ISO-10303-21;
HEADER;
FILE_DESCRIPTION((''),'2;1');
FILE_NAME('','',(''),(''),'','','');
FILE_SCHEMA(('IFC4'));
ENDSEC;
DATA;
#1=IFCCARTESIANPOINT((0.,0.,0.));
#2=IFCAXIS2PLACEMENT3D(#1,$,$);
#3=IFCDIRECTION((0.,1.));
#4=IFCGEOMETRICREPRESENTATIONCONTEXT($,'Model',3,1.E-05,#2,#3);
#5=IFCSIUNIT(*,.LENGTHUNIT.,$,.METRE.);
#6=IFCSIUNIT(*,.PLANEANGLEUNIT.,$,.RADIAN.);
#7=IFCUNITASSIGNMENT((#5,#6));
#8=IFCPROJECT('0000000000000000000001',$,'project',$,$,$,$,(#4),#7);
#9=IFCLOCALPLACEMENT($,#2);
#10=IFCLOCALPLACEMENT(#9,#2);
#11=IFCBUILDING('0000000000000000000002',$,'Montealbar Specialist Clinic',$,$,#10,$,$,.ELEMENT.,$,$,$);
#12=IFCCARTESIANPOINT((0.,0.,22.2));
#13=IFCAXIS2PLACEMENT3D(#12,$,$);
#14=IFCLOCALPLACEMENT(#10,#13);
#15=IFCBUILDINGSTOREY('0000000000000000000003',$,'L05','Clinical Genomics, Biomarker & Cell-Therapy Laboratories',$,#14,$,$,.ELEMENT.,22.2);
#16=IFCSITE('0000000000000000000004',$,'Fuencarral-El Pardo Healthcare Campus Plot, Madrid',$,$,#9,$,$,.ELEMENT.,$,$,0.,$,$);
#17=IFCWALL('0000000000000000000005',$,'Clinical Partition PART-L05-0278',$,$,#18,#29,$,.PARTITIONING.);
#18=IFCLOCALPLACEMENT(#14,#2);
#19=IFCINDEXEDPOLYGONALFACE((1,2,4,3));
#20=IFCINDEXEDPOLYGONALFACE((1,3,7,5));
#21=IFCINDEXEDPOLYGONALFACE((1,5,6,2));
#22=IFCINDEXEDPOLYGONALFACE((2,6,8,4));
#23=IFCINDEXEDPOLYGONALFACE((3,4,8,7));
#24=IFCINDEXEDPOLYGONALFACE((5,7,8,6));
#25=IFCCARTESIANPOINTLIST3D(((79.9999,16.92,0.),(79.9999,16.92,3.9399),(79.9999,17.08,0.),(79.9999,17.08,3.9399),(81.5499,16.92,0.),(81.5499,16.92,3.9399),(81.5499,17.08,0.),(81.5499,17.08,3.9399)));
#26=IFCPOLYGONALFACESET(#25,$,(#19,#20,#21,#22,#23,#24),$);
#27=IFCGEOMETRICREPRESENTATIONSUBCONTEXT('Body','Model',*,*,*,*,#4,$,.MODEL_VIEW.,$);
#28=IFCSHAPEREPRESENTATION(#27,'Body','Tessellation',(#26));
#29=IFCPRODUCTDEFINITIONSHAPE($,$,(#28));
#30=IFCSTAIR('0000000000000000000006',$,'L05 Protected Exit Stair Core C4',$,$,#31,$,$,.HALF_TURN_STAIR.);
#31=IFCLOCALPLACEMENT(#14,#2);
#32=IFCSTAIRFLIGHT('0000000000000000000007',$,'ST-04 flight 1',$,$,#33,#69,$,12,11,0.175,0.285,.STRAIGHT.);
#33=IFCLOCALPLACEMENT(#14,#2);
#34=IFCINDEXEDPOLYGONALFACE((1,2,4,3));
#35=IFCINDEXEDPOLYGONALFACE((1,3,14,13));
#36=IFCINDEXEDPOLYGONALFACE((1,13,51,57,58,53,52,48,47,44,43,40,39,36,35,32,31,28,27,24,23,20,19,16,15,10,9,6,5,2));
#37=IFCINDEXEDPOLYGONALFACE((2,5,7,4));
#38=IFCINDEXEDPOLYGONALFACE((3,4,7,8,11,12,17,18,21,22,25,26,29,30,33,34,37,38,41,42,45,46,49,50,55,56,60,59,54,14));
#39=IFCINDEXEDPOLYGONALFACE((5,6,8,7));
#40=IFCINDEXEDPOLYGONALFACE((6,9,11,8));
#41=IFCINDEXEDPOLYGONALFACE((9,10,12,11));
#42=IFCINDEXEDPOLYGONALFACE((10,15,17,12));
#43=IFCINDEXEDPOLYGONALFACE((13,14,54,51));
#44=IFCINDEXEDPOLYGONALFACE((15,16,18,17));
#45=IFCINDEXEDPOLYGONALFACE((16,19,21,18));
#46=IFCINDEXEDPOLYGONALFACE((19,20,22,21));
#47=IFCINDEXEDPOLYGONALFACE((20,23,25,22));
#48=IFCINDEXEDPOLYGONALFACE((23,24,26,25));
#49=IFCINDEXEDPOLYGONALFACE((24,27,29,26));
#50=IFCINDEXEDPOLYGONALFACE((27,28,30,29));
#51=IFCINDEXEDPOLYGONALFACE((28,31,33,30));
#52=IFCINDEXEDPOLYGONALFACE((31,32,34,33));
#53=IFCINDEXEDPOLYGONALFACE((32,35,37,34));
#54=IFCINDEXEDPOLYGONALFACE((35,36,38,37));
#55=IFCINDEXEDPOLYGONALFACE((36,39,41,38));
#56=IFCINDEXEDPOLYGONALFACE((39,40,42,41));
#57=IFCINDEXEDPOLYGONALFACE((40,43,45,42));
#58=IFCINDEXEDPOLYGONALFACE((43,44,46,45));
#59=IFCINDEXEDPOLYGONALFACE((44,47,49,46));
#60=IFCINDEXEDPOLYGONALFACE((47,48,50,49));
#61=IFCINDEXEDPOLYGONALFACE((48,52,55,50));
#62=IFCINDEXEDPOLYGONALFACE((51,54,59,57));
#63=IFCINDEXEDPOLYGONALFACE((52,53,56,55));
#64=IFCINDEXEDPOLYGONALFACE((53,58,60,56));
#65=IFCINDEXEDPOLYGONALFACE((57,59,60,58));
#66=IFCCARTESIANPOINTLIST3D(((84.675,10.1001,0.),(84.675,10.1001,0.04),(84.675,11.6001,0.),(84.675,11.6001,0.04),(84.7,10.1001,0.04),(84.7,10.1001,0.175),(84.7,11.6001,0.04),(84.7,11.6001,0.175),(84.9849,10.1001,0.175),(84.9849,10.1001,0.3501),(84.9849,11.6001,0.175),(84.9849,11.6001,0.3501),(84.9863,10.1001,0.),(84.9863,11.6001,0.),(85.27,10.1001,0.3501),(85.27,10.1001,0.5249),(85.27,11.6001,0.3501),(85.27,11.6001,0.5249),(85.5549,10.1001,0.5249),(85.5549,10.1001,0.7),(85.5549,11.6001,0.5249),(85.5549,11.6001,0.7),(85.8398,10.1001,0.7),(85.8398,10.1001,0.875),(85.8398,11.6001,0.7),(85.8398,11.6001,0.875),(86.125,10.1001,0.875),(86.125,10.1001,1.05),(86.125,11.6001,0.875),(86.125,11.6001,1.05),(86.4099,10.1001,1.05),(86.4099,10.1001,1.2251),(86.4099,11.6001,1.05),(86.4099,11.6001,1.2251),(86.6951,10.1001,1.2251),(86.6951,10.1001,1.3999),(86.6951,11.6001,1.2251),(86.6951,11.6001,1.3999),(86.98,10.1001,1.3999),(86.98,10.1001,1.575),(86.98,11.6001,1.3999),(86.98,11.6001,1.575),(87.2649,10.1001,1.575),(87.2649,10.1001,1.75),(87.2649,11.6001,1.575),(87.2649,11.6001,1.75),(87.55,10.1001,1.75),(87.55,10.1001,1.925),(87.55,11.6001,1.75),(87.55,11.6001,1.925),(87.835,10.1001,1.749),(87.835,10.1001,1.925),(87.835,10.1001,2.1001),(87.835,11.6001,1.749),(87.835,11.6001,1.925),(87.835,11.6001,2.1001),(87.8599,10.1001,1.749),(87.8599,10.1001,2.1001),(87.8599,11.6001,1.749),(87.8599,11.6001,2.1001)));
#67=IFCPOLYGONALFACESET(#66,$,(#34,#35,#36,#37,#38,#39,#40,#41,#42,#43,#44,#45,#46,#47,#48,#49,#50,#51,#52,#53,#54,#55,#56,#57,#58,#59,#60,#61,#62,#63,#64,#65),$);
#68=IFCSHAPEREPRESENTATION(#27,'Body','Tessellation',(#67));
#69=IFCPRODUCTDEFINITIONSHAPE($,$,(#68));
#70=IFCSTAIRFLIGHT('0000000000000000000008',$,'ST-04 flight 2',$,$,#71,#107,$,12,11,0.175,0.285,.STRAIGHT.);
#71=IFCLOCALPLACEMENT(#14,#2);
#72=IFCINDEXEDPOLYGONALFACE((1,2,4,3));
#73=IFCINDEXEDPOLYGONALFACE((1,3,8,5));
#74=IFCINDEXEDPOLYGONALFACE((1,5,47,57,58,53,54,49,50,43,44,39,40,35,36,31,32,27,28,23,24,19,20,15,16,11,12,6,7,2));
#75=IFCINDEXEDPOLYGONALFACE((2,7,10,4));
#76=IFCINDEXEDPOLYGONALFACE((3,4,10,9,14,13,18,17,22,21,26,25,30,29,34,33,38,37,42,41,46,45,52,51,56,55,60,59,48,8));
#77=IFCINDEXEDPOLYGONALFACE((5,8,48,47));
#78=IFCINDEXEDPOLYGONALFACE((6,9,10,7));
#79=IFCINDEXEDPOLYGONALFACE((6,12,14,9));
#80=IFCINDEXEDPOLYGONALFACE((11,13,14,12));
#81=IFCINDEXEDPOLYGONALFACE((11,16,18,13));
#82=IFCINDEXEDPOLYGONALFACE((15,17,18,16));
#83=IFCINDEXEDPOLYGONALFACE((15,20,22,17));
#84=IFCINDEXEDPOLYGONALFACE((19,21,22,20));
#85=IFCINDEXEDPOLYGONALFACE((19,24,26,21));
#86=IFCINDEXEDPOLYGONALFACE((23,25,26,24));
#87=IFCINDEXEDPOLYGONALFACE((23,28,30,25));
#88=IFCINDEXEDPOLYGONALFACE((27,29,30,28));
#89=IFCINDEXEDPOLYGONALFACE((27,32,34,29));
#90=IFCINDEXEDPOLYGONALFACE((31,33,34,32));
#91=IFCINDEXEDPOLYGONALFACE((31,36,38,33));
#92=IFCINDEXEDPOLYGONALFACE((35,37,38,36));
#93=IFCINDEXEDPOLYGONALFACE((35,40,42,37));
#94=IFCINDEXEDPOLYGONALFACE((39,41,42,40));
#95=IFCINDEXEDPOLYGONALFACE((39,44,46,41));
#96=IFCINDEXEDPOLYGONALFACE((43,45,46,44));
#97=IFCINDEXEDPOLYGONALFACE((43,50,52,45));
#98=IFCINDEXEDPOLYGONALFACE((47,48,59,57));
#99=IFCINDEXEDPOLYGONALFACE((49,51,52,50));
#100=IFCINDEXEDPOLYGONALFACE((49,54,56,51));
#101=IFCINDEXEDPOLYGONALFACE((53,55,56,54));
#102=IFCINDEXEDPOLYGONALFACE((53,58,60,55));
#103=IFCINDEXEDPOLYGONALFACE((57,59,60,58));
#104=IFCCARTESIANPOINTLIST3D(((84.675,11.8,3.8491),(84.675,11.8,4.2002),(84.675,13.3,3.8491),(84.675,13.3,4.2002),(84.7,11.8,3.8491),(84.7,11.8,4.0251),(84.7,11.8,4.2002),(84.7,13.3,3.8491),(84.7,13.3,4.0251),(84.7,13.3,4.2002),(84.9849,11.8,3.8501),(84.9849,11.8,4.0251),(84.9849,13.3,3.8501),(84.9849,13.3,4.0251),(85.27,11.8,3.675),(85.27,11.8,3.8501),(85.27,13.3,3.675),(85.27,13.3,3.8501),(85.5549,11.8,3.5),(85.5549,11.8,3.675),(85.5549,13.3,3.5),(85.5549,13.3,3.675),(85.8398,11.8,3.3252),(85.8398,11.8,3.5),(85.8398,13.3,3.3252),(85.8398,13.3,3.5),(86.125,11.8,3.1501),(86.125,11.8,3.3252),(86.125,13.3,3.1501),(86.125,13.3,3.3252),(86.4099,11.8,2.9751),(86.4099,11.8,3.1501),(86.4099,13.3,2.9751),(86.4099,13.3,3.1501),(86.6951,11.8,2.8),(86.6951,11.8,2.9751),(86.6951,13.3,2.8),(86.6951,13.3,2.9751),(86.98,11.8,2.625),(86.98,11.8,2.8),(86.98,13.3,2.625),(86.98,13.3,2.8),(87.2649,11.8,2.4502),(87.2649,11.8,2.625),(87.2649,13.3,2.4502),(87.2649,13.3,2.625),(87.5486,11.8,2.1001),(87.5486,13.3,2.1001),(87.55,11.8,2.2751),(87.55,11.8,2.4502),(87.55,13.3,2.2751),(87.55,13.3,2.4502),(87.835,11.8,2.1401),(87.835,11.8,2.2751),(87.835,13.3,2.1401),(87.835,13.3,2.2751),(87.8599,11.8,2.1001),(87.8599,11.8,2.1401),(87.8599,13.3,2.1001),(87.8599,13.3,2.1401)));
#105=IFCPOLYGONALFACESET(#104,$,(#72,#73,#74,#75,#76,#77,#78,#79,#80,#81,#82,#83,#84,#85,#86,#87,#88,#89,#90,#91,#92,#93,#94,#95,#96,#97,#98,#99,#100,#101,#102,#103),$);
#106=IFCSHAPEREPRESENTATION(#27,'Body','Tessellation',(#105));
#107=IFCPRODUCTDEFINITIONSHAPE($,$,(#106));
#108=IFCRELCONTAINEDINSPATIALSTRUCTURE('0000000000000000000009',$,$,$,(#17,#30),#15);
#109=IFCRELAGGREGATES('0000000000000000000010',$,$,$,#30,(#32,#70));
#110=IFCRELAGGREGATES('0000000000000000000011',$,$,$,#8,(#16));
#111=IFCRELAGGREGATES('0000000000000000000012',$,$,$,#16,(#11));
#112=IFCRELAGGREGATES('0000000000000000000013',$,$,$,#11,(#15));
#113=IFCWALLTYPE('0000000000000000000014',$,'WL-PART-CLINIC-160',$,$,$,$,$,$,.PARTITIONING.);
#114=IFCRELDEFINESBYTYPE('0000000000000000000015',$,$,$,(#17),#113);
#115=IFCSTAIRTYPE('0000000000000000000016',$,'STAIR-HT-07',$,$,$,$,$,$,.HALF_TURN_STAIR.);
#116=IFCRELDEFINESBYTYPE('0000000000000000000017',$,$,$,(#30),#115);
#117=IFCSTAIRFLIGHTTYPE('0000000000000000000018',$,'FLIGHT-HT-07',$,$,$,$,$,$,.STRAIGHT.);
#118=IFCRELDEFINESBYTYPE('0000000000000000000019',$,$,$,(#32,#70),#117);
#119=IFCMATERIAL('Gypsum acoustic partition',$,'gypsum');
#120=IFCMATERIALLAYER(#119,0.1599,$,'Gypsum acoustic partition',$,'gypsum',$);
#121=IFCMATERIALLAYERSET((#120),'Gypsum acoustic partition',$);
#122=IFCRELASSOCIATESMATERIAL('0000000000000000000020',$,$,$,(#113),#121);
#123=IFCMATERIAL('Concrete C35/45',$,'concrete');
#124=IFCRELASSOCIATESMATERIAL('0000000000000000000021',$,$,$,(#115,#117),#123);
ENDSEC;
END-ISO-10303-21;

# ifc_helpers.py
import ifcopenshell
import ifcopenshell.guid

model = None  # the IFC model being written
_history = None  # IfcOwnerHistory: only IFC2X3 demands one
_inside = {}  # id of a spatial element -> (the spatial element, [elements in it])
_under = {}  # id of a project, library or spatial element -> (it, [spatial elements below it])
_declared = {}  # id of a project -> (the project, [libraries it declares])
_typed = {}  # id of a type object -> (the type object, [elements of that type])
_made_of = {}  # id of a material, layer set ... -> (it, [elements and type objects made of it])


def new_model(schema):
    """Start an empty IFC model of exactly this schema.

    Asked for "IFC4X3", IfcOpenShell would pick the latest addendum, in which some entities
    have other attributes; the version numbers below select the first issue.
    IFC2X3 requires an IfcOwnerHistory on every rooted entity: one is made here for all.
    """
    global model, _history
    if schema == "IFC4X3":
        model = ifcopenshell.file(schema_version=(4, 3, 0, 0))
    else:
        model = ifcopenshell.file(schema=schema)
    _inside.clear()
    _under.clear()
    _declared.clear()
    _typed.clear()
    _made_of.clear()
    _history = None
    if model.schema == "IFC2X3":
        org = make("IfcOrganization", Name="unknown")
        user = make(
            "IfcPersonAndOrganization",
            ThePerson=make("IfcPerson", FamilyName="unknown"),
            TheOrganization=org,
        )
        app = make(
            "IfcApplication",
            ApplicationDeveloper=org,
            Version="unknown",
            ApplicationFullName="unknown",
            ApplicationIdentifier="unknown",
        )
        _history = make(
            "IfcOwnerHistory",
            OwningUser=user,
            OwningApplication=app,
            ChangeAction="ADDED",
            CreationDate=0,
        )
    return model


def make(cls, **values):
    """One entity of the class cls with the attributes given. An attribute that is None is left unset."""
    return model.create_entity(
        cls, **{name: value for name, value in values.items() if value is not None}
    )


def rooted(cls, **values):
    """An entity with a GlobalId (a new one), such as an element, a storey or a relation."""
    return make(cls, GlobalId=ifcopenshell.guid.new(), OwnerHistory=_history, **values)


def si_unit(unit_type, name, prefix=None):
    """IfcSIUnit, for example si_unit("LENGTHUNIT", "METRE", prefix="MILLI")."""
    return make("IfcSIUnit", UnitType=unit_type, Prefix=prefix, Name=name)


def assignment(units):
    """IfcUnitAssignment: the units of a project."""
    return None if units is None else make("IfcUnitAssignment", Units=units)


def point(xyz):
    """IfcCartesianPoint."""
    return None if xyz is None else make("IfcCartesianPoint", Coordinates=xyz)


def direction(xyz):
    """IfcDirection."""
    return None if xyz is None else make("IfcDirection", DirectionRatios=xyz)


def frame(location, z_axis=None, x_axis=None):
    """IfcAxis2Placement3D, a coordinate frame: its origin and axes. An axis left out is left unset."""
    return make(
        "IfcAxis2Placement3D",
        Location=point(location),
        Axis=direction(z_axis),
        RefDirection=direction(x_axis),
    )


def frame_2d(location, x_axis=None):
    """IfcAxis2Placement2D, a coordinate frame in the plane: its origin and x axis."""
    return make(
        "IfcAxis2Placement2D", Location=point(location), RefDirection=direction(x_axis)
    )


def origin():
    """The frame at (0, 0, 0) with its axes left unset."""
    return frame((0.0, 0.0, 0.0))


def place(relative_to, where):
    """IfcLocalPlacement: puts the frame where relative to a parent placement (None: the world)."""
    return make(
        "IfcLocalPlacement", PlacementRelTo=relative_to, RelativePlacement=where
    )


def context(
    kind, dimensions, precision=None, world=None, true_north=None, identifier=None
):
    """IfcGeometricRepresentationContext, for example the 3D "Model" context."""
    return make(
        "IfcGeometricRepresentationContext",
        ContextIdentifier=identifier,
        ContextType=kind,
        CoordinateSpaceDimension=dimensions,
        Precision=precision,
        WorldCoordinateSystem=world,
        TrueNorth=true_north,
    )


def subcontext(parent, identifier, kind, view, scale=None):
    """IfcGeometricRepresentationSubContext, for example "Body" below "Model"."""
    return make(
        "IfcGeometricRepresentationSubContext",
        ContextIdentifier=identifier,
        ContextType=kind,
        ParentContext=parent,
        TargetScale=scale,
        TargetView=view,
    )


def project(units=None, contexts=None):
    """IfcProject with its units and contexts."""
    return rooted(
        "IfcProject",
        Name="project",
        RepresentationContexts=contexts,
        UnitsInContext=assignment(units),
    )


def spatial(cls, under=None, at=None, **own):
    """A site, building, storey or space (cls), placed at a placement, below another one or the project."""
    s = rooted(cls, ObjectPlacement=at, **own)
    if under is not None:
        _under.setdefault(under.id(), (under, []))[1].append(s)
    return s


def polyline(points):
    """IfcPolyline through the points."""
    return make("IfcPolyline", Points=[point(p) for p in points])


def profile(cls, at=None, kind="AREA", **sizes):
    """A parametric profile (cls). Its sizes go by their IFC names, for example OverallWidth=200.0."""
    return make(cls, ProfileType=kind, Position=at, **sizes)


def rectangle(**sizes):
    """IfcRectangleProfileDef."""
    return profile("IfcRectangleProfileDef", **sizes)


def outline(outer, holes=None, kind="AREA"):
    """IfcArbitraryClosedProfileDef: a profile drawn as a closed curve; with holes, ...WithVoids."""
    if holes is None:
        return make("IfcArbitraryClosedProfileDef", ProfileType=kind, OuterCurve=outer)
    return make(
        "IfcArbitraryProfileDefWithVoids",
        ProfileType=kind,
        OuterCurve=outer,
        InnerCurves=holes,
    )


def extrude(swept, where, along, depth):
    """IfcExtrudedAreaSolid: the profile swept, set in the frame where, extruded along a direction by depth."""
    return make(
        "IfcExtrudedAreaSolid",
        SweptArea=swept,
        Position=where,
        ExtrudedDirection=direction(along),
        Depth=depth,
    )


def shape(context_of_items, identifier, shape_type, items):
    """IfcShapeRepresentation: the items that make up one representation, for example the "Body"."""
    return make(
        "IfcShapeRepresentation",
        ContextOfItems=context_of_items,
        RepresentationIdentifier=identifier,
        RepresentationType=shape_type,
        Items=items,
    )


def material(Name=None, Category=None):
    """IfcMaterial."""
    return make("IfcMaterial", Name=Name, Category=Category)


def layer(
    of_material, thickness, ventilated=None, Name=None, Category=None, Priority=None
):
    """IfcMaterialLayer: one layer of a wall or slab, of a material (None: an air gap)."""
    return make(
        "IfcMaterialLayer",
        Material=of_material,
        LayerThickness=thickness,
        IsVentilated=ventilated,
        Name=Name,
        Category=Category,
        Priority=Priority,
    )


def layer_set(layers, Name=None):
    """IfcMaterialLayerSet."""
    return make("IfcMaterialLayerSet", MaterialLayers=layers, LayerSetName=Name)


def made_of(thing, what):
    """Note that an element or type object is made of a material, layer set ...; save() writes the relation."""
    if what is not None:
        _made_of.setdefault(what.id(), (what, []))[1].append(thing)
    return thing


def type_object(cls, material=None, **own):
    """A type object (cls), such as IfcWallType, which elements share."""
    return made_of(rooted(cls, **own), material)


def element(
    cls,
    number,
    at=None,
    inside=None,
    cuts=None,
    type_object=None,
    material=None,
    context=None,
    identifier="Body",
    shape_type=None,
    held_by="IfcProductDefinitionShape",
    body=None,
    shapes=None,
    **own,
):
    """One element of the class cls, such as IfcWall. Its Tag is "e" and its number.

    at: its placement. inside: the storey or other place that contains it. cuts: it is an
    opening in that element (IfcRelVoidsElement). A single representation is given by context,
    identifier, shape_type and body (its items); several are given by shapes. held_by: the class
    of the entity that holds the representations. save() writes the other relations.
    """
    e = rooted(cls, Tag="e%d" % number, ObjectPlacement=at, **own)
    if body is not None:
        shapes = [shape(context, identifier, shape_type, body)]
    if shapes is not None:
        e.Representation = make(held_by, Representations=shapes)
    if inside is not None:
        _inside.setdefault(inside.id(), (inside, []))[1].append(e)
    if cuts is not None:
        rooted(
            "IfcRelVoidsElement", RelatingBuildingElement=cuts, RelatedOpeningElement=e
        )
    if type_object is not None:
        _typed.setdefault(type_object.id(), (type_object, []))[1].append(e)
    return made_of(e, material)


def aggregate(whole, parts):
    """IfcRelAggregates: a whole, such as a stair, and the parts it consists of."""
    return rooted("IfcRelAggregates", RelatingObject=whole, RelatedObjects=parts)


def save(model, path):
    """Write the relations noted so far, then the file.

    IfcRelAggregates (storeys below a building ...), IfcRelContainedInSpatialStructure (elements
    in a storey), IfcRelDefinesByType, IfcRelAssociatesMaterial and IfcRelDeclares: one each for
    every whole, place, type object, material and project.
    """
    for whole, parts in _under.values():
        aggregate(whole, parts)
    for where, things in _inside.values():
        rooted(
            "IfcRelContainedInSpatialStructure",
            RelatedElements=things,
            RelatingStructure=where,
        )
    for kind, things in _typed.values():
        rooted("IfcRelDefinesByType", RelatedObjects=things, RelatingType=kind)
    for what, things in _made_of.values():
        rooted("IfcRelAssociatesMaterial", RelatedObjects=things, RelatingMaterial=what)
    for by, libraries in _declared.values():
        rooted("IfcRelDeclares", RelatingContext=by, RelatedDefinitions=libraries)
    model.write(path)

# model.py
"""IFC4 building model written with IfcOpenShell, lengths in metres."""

from ifc_helpers import new_model, si_unit, direction, frame, frame_2d, origin, place, context, subcontext, project, spatial, polyline, rectangle, outline, extrude, material, layer, layer_set, type_object, element, aggregate, save


model = new_model("IFC4")

# Units and contexts
model_context = context("Model", 3, precision=1e-05, world=origin(), true_north=direction((0.0, 1.0)))
body_context = subcontext(model_context, "Body", "Model", "MODEL_VIEW")
ifc_project = project(units=[si_unit("LENGTHUNIT", "METRE"), si_unit("PLANEANGLEUNIT", "RADIAN")], contexts=[model_context])

# Site, building, storey
site_placement = place(None, origin())
site = spatial("IfcSite", under=ifc_project, at=site_placement, Name="Fuencarral-El Pardo Healthcare Campus Plot, Madrid", CompositionType="ELEMENT", RefElevation=0.0)
building_placement = place(site_placement, origin())
building = spatial("IfcBuilding", under=site, at=building_placement, Name="Montealbar Specialist Clinic", CompositionType="ELEMENT")
storey_placement = place(building_placement, frame((0.0, 0.0, 22.2)))
storey = spatial("IfcBuildingStorey", under=building, at=storey_placement, Name="L05", Description="Clinical Genomics, Biomarker & Cell-Therapy Laboratories", CompositionType="ELEMENT", Elevation=22.2)

# Shared definitions
ifc_material_1 = material(Name="Concrete C35/45", Category="concrete")

# Shared definitions
ifc_material_2 = material(Name="Gypsum acoustic partition", Category="gypsum")

# Shared definitions
ifc_layer_1 = layer(ifc_material_2, 0.1599, Name="Gypsum acoustic partition", Category="gypsum")
ifc_layer_set_1 = layer_set([ifc_layer_1], Name="Gypsum acoustic partition")
wall_type_1 = type_object("IfcWallType", Name="WL-PART-CLINIC-160", PredefinedType="PARTITIONING", material=ifc_layer_set_1)

# Wall
wall_1_placement = place(storey_placement, frame((80.0, 17.0, 0.0), z_axis=(0.0, 0.0, 1.0), x_axis=(1.0, 0.0, 0.0)))
element("IfcWall", 1, at=wall_1_placement, inside=storey, type_object=wall_type_1, Name="Clinical Partition PART-L05-0278", PredefinedType="PARTITIONING", context=body_context, shape_type="SweptSolid", body=[
    extrude(rectangle(XDim=1.55, YDim=0.1599, at=frame_2d((0.7749, 0.0))), origin(), (0.0, 0.0, 1.0), 3.9399),
])

# Stair, stair flights
stair_type = type_object("IfcStairType", Name="STAIR-HT-07", PredefinedType="HALF_TURN_STAIR", material=ifc_material_1)
stair_placement = place(storey_placement, origin())
stair = element("IfcStair", 2, at=stair_placement, inside=storey, type_object=stair_type, Name="L05 Protected Exit Stair Core C4", PredefinedType="HALF_TURN_STAIR")
stair_flight_type = type_object("IfcStairFlightType", Name="FLIGHT-HT-07", PredefinedType="STRAIGHT", material=ifc_material_1)
stair_flight_1_placement = place(storey_placement, frame((84.7, 10.8501, 0.0), z_axis=(0.0, 0.0, 1.0), x_axis=(1.0, 0.0, 0.0)))
stair_flight_1 = element("IfcStairFlight", 3, at=stair_flight_1_placement, type_object=stair_flight_type, Name="ST-04 flight 1", NumberOfRisers=12, NumberOfTreads=11, PredefinedType="STRAIGHT", RiserHeight=0.175, TreadLength=0.285, context=body_context, shape_type="SweptSolid", body=[
    extrude(outline(polyline([(-0.0249, 0.0), (-0.0249, 0.04), (0.0, 0.04), (0.0, 0.175), (0.2849, 0.175), (0.2849, 0.3501), (0.5701, 0.3501), (0.5701, 0.5249), (0.855, 0.5249), (0.855, 0.7), (1.1399, 0.7), (1.1399, 0.875), (1.425, 0.875), (1.425, 1.05), (1.71, 1.05), (1.71, 1.2251), (1.9951, 1.2251), (1.9951, 1.3999), (2.28, 1.3999), (2.28, 1.575), (2.5649, 1.575), (2.5649, 1.75), (2.8501, 1.75), (2.8501, 1.925), (3.135, 1.925), (3.135, 2.1001), (3.1599, 2.1001), (3.1599, 1.749), (3.135, 1.749), (0.2864, 0.0), (-0.0249, 0.0)])), frame((0.0, 0.75, 0.0), z_axis=(0.0, -1.0, 0.0), x_axis=(1.0, 0.0, 0.0)), (0.0, 0.0, 1.0), 1.5),
])
stair_flight_2_placement = place(storey_placement, frame((87.835, 12.55, 2.1001), z_axis=(0.0, 0.0, 1.0), x_axis=(-1.0, 0.0, 0.0)))
stair_flight_2 = element("IfcStairFlight", 4, at=stair_flight_2_placement, type_object=stair_flight_type, Name="ST-04 flight 2", NumberOfRisers=12, NumberOfTreads=11, PredefinedType="STRAIGHT", RiserHeight=0.175, TreadLength=0.285, context=body_context, shape_type="SweptSolid", body=[
    extrude(outline(polyline([(-0.0249, 0.0), (-0.0249, 0.04), (0.0, 0.04), (0.0, 0.175), (0.2849, 0.175), (0.2849, 0.3501), (0.5701, 0.3501), (0.5701, 0.5249), (0.855, 0.5249), (0.855, 0.7), (1.1399, 0.7), (1.1399, 0.875), (1.425, 0.875), (1.425, 1.05), (1.71, 1.05), (1.71, 1.2251), (1.9951, 1.2251), (1.9951, 1.3999), (2.28, 1.3999), (2.28, 1.575), (2.5649, 1.575), (2.5649, 1.75), (2.8501, 1.75), (2.8501, 1.925), (3.135, 1.925), (3.135, 2.1001), (3.1599, 2.1001), (3.1599, 1.749), (3.135, 1.749), (0.2864, 0.0), (-0.0249, 0.0)])), frame((0.0, 0.75, 0.0), z_axis=(0.0, -1.0, 0.0), x_axis=(1.0, 0.0, 0.0)), (0.0, 0.0, 1.0), 1.5),
])
aggregate(stair, [stair_flight_1, stair_flight_2])

save(model, "model.ifc")
